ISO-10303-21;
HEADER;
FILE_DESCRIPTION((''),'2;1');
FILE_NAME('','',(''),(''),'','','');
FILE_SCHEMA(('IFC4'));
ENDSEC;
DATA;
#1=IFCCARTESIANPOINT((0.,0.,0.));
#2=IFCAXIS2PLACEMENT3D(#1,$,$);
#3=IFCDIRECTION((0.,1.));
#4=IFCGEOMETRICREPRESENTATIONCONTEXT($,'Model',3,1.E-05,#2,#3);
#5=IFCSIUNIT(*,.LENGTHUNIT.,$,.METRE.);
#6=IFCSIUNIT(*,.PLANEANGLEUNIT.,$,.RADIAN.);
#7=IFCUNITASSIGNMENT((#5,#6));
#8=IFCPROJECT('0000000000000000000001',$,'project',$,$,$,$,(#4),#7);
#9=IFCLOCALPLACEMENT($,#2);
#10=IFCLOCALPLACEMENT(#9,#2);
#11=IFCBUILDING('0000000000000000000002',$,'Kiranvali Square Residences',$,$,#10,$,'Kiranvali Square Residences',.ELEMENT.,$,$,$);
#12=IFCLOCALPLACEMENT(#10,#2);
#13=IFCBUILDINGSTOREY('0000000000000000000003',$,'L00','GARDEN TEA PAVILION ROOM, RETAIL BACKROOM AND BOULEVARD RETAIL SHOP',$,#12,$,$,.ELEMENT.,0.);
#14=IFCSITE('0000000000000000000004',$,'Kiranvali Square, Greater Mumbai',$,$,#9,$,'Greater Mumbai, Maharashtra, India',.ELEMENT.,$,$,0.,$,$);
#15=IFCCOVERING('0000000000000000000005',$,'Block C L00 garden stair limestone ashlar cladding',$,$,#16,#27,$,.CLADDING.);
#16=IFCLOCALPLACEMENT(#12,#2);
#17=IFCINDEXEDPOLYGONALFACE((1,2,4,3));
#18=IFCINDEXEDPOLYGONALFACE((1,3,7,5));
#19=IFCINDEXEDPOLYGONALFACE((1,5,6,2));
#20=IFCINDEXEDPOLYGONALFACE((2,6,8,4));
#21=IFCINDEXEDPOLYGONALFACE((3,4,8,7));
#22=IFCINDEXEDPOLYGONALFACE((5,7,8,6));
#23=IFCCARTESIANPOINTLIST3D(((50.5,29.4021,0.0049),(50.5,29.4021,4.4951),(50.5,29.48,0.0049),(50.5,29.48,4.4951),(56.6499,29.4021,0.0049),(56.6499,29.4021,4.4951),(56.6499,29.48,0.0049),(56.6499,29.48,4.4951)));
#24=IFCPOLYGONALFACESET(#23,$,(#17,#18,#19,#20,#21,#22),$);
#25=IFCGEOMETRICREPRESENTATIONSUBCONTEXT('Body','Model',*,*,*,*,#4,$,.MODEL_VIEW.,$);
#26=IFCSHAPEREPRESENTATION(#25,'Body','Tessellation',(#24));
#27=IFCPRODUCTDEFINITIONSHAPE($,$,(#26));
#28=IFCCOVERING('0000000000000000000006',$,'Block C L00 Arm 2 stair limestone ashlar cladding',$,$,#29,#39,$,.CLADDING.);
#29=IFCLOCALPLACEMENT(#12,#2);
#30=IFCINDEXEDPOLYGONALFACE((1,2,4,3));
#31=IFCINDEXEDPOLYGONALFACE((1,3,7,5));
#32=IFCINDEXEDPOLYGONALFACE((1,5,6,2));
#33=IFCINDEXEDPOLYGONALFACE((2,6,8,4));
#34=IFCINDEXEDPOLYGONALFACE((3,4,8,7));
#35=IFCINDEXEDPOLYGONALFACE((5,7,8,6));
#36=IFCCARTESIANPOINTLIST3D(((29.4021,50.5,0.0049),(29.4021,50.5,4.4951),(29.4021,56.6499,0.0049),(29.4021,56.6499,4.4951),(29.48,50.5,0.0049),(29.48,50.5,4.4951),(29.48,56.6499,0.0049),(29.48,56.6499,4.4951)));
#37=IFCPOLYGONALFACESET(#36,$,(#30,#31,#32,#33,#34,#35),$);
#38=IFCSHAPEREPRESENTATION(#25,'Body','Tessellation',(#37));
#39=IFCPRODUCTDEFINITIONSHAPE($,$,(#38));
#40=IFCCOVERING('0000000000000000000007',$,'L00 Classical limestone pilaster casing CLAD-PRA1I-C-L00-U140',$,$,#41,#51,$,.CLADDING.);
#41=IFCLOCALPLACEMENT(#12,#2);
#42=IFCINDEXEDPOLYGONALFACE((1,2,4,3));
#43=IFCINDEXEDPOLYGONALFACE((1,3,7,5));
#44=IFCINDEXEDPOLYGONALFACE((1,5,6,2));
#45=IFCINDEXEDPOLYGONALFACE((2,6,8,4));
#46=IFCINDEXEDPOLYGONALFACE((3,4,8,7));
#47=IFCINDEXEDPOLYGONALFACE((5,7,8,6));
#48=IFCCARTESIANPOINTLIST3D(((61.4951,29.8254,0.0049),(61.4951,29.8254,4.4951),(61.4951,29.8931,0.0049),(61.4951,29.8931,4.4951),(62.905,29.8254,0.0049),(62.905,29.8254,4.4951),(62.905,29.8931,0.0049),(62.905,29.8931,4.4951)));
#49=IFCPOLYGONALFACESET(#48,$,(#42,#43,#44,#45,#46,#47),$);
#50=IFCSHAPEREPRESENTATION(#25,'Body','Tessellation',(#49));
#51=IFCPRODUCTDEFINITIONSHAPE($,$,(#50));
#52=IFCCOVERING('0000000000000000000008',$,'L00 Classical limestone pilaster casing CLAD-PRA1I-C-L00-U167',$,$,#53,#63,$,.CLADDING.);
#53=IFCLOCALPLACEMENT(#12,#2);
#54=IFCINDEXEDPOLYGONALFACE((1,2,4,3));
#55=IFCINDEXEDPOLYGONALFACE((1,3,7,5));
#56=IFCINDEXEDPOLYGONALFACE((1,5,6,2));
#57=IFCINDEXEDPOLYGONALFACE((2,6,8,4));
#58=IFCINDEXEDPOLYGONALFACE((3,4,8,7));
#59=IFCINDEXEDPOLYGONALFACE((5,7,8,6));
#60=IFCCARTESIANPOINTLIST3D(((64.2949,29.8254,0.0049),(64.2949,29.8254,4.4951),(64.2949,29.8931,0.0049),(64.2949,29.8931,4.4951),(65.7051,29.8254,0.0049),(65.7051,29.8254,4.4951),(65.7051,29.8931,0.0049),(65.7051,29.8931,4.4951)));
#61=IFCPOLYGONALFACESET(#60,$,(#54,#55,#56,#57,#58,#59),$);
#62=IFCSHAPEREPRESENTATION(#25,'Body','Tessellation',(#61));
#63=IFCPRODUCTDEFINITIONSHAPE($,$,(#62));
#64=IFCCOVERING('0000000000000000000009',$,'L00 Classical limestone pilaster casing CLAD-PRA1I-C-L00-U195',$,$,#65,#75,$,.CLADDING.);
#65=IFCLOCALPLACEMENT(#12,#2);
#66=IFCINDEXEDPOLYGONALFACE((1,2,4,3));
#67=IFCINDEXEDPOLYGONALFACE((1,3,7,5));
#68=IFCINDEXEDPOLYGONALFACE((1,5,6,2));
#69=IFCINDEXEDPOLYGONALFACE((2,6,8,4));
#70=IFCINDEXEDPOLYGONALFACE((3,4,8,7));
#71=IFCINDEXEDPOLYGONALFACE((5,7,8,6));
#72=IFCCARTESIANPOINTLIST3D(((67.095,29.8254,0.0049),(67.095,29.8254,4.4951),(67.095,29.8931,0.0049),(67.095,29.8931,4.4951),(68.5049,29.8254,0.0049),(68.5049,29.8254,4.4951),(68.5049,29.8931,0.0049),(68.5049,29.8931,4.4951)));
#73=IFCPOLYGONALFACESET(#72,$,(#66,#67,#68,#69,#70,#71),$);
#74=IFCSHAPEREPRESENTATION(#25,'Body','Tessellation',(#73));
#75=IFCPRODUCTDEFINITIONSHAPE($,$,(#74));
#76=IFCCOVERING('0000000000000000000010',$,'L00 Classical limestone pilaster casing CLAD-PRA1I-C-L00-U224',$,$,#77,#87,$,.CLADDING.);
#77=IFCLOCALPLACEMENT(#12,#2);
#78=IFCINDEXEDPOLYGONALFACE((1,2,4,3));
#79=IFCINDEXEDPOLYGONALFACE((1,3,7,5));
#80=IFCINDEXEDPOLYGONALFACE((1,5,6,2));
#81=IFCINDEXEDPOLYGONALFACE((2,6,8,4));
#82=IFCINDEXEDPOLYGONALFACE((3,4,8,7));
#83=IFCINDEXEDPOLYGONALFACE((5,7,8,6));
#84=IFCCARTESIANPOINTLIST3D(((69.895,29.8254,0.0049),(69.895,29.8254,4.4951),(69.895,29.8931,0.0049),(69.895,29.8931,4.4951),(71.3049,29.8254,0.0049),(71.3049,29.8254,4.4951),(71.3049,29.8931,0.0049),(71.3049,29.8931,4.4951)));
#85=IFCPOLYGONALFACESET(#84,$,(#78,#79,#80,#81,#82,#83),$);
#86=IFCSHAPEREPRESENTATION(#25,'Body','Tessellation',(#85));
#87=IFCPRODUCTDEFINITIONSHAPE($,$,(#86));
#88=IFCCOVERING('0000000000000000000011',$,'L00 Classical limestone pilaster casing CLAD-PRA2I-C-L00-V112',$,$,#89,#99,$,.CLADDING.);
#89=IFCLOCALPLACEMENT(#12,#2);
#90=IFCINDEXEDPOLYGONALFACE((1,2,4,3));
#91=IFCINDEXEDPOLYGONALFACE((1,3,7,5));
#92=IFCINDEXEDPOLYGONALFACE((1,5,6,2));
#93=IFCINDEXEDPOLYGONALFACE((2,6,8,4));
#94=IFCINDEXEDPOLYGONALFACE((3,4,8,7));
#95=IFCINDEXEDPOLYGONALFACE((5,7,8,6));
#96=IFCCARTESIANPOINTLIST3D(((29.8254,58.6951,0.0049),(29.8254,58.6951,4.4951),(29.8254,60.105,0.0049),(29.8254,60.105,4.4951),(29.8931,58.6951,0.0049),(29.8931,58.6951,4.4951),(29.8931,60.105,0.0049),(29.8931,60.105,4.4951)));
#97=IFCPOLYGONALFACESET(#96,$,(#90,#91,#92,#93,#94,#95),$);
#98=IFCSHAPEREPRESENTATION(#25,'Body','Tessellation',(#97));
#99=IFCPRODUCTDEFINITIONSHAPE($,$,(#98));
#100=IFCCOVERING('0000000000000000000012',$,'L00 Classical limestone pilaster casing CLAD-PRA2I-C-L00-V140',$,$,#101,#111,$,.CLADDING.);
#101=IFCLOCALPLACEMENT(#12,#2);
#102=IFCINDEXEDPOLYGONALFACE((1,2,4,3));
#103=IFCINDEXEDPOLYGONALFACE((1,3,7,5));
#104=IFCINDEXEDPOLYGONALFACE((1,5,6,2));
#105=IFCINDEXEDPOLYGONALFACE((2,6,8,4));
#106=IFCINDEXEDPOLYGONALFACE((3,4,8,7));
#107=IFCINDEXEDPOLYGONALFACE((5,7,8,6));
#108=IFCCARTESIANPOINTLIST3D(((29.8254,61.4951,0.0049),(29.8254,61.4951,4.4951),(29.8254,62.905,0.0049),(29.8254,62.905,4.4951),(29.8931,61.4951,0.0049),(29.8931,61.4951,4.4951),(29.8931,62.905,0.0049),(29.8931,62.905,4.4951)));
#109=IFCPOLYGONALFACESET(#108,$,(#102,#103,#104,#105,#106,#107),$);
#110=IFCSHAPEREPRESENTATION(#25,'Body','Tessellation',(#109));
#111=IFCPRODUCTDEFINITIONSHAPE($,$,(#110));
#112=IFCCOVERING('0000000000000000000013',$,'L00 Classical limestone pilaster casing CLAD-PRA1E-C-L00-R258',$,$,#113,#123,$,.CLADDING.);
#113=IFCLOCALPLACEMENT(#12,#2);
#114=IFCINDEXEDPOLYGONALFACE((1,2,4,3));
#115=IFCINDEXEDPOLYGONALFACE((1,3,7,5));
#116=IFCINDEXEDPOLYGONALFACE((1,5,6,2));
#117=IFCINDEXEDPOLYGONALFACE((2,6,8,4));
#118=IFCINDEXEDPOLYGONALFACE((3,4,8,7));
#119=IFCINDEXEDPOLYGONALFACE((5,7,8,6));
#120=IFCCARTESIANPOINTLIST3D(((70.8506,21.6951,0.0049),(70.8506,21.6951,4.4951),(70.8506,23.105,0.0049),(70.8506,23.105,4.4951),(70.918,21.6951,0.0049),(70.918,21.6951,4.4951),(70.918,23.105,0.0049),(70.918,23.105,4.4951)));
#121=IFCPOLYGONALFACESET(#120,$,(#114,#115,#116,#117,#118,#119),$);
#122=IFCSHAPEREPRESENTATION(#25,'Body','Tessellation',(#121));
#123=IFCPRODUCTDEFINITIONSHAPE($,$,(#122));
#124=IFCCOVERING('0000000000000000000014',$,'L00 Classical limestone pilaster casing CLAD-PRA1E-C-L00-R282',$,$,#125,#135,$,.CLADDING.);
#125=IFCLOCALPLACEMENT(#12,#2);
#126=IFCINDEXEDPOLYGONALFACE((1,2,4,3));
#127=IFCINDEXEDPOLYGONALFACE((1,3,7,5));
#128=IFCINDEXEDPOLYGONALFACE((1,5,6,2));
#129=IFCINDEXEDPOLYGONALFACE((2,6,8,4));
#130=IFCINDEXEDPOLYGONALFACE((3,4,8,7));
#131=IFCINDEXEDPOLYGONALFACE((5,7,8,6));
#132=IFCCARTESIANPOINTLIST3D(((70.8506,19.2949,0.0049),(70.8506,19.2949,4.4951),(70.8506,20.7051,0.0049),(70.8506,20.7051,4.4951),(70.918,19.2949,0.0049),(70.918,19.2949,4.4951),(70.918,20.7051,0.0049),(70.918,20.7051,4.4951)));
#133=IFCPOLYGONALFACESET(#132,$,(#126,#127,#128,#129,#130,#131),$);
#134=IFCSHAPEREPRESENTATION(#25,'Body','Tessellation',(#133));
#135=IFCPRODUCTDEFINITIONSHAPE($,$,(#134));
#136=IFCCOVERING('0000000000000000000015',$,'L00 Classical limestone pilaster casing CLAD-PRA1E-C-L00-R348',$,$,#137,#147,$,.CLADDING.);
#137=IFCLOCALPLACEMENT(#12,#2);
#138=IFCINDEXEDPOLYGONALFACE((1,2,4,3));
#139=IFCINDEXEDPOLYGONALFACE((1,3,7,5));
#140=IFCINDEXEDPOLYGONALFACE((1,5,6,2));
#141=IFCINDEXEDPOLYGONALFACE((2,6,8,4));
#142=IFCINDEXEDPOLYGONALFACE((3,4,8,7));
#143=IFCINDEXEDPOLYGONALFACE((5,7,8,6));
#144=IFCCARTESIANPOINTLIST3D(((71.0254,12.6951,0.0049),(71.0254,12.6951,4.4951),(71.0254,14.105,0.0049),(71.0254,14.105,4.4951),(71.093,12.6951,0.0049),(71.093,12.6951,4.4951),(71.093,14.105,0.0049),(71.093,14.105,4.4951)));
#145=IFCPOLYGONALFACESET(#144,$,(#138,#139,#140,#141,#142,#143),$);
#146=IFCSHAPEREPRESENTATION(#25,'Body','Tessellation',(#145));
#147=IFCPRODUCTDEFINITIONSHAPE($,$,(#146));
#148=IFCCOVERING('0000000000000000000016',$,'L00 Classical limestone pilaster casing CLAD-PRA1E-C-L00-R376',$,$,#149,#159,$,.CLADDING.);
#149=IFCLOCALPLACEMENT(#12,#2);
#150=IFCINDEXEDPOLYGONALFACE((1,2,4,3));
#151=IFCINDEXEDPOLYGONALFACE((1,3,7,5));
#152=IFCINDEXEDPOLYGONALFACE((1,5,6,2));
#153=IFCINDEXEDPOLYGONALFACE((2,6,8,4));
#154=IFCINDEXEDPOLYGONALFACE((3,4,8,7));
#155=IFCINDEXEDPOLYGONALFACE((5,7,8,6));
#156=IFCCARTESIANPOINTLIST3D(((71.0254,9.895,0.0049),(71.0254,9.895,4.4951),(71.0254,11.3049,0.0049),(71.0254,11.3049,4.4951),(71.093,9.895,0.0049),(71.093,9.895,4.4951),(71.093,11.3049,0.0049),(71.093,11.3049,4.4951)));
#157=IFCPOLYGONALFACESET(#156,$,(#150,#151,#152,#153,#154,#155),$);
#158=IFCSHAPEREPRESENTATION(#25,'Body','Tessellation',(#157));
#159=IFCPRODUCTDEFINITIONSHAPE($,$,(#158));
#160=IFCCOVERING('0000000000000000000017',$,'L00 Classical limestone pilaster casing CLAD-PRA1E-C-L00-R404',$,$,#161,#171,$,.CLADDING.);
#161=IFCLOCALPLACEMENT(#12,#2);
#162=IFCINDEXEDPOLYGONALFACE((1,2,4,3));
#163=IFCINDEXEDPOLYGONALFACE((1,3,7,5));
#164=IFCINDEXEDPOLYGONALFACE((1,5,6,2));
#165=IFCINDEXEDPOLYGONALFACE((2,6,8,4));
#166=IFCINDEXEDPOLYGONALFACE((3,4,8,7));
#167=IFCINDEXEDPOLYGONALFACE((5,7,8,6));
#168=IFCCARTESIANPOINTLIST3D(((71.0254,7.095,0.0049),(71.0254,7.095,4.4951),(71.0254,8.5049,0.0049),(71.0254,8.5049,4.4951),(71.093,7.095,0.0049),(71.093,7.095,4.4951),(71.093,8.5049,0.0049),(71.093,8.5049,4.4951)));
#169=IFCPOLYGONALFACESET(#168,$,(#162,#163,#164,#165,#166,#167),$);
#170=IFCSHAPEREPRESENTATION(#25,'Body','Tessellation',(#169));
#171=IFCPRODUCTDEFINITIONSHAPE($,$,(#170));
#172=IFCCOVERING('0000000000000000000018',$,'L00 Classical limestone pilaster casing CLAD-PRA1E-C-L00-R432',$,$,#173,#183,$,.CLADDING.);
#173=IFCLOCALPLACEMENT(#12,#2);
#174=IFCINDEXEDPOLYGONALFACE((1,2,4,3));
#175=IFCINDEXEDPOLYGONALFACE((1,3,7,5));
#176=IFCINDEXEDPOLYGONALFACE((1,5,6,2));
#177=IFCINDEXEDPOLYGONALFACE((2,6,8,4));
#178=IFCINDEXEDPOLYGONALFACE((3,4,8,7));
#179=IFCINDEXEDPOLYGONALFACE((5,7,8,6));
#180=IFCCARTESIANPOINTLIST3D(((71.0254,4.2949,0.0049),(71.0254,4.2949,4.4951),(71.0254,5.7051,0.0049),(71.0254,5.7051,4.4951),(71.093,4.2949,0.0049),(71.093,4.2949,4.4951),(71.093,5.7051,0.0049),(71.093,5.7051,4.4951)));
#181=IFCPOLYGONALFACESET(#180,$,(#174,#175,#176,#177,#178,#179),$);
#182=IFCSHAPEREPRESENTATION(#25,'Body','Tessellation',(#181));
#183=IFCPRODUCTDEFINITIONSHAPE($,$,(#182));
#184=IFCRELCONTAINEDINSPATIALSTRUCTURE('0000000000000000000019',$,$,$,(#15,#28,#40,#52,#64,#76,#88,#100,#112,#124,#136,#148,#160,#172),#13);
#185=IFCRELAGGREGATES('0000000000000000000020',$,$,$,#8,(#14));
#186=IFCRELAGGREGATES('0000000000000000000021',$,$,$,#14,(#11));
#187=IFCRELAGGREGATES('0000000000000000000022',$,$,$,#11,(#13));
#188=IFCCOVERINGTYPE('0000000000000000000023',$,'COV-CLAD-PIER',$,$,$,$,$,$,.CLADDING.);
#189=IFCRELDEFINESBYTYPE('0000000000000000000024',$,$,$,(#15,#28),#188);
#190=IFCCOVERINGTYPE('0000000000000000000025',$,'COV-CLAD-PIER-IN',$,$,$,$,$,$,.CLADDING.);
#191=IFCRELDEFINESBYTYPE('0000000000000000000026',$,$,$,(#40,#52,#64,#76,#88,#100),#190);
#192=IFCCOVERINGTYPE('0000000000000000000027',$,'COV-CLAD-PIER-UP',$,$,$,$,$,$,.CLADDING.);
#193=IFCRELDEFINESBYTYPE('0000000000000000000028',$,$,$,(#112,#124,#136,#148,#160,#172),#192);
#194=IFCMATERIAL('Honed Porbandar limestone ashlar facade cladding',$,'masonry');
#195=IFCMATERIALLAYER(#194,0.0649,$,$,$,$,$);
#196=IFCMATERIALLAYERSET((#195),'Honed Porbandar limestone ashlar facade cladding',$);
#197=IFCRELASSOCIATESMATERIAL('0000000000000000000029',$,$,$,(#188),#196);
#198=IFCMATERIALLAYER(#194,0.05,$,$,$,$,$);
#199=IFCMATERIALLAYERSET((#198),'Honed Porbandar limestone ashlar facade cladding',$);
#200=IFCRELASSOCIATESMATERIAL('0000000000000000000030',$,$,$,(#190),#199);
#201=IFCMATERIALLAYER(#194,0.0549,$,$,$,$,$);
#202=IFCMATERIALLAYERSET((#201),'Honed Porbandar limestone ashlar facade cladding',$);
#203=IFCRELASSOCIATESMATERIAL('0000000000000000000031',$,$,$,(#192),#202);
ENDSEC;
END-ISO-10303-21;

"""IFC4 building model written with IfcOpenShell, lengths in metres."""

from ifc_helpers import new_model, si_unit, direction, frame, origin, place, context, subcontext, project, spatial, polyline, outline, extrude, material, layer, layer_set, type_object, element, save


model = new_model("IFC4")

# Units and contexts
model_context = context("Model", 3, precision=1e-05, world=origin(), true_north=direction((0.0, 1.0)))
body_context = subcontext(model_context, "Body", "Model", "MODEL_VIEW")
ifc_project = project(units=[si_unit("LENGTHUNIT", "METRE"), si_unit("PLANEANGLEUNIT", "RADIAN")], contexts=[model_context])

# Site, building, storey
site_placement = place(None, origin())
site = spatial("IfcSite", under=ifc_project, at=site_placement, Name="Kiranvali Square, Greater Mumbai", LongName="Greater Mumbai, Maharashtra, India", CompositionType="ELEMENT", RefElevation=0.0)
building_placement = place(site_placement, origin())
building = spatial("IfcBuilding", under=site, at=building_placement, Name="Kiranvali Square Residences", LongName="Kiranvali Square Residences", CompositionType="ELEMENT")
storey_placement = place(building_placement, origin())
storey = spatial("IfcBuildingStorey", under=building, at=storey_placement, Name="L00", Description="GARDEN TEA PAVILION ROOM, RETAIL BACKROOM AND BOULEVARD RETAIL SHOP", CompositionType="ELEMENT", Elevation=0.0)

# Coverings
ifc_material_1 = material(Name="Honed Porbandar limestone ashlar facade cladding", Category="masonry")
ifc_layer_1 = layer(ifc_material_1, 0.0649)
ifc_layer_set_1 = layer_set([ifc_layer_1], Name="Honed Porbandar limestone ashlar facade cladding")
covering_type_1 = type_object("IfcCoveringType", Name="COV-CLAD-PIER", PredefinedType="CLADDING", material=ifc_layer_set_1)
covering_1_placement = place(storey_placement, frame((0.0, 0.0, 0.0049)))
element("IfcCovering", 1, at=covering_1_placement, inside=storey, type_object=covering_type_1, Name="Block C L00 garden stair limestone ashlar cladding", PredefinedType="CLADDING", context=body_context, shape_type="SweptSolid", body=[
    extrude(outline(polyline([(50.5, 29.4021), (56.6499, 29.4021), (56.6499, 29.48), (50.5, 29.48), (50.5, 29.4021)])), origin(), (0.0, 0.0, 1.0), 4.4902),
])
covering_2_placement = place(storey_placement, frame((0.0, 0.0, 0.0049)))
element("IfcCovering", 2, at=covering_2_placement, inside=storey, type_object=covering_type_1, Name="Block C L00 Arm 2 stair limestone ashlar cladding", PredefinedType="CLADDING", context=body_context, shape_type="SweptSolid", body=[
    extrude(outline(polyline([(29.48, 50.5), (29.48, 56.6499), (29.4021, 56.6499), (29.4021, 50.5), (29.48, 50.5)])), origin(), (0.0, 0.0, 1.0), 4.4902),
])
ifc_layer_2 = layer(ifc_material_1, 0.05)
ifc_layer_set_2 = layer_set([ifc_layer_2], Name="Honed Porbandar limestone ashlar facade cladding")
covering_type_2 = type_object("IfcCoveringType", Name="COV-CLAD-PIER-IN", PredefinedType="CLADDING", material=ifc_layer_set_2)
covering_3_placement = place(storey_placement, frame((0.0, 0.0, 0.0049)))
element("IfcCovering", 3, at=covering_3_placement, inside=storey, type_object=covering_type_2, Name="L00 Classical limestone pilaster casing CLAD-PRA1I-C-L00-U140", PredefinedType="CLADDING", context=body_context, shape_type="SweptSolid", body=[
    extrude(outline(polyline([(61.4951, 29.8254), (62.905, 29.8254), (62.905, 29.8931), (61.4951, 29.8931), (61.4951, 29.8254)])), origin(), (0.0, 0.0, 1.0), 4.4902),
])
covering_4_placement = place(storey_placement, frame((0.0, 0.0, 0.0049)))
element("IfcCovering", 4, at=covering_4_placement, inside=storey, type_object=covering_type_2, Name="L00 Classical limestone pilaster casing CLAD-PRA1I-C-L00-U167", PredefinedType="CLADDING", context=body_context, shape_type="SweptSolid", body=[
    extrude(outline(polyline([(64.2949, 29.8254), (65.7051, 29.8254), (65.7051, 29.8931), (64.2949, 29.8931), (64.2949, 29.8254)])), origin(), (0.0, 0.0, 1.0), 4.4902),
])
covering_5_placement = place(storey_placement, frame((0.0, 0.0, 0.0049)))
element("IfcCovering", 5, at=covering_5_placement, inside=storey, type_object=covering_type_2, Name="L00 Classical limestone pilaster casing CLAD-PRA1I-C-L00-U195", PredefinedType="CLADDING", context=body_context, shape_type="SweptSolid", body=[
    extrude(outline(polyline([(67.095, 29.8254), (68.5049, 29.8254), (68.5049, 29.8931), (67.095, 29.8931), (67.095, 29.8254)])), origin(), (0.0, 0.0, 1.0), 4.4902),
])
covering_6_placement = place(storey_placement, frame((0.0, 0.0, 0.0049)))
element("IfcCovering", 6, at=covering_6_placement, inside=storey, type_object=covering_type_2, Name="L00 Classical limestone pilaster casing CLAD-PRA1I-C-L00-U224", PredefinedType="CLADDING", context=body_context, shape_type="SweptSolid", body=[
    extrude(outline(polyline([(69.895, 29.8254), (71.3049, 29.8254), (71.3049, 29.8931), (69.895, 29.8931), (69.895, 29.8254)])), origin(), (0.0, 0.0, 1.0), 4.4902),
])
covering_7_placement = place(storey_placement, frame((0.0, 0.0, 0.0049)))
element("IfcCovering", 7, at=covering_7_placement, inside=storey, type_object=covering_type_2, Name="L00 Classical limestone pilaster casing CLAD-PRA2I-C-L00-V112", PredefinedType="CLADDING", context=body_context, shape_type="SweptSolid", body=[
    extrude(outline(polyline([(29.8931, 58.6951), (29.8931, 60.105), (29.8254, 60.105), (29.8254, 58.6951), (29.8931, 58.6951)])), origin(), (0.0, 0.0, 1.0), 4.4902),
])
covering_8_placement = place(storey_placement, frame((0.0, 0.0, 0.0049)))
element("IfcCovering", 8, at=covering_8_placement, inside=storey, type_object=covering_type_2, Name="L00 Classical limestone pilaster casing CLAD-PRA2I-C-L00-V140", PredefinedType="CLADDING", context=body_context, shape_type="SweptSolid", body=[
    extrude(outline(polyline([(29.8931, 61.4951), (29.8931, 62.905), (29.8254, 62.905), (29.8254, 61.4951), (29.8931, 61.4951)])), origin(), (0.0, 0.0, 1.0), 4.4902),
])
ifc_layer_3 = layer(ifc_material_1, 0.0549)
ifc_layer_set_3 = layer_set([ifc_layer_3], Name="Honed Porbandar limestone ashlar facade cladding")
covering_type_3 = type_object("IfcCoveringType", Name="COV-CLAD-PIER-UP", PredefinedType="CLADDING", material=ifc_layer_set_3)
covering_9_placement = place(storey_placement, frame((0.0, 0.0, 0.0049)))
element("IfcCovering", 9, at=covering_9_placement, inside=storey, type_object=covering_type_3, Name="L00 Classical limestone pilaster casing CLAD-PRA1E-C-L00-R258", PredefinedType="CLADDING", context=body_context, shape_type="SweptSolid", body=[
    extrude(outline(polyline([(70.8506, 23.105), (70.8506, 21.6951), (70.918, 21.6951), (70.918, 23.105), (70.8506, 23.105)])), origin(), (0.0, 0.0, 1.0), 4.4902),
])
covering_10_placement = place(storey_placement, frame((0.0, 0.0, 0.0049)))
element("IfcCovering", 10, at=covering_10_placement, inside=storey, type_object=covering_type_3, Name="L00 Classical limestone pilaster casing CLAD-PRA1E-C-L00-R282", PredefinedType="CLADDING", context=body_context, shape_type="SweptSolid", body=[
    extrude(outline(polyline([(70.8506, 20.7051), (70.8506, 19.2949), (70.918, 19.2949), (70.918, 20.7051), (70.8506, 20.7051)])), origin(), (0.0, 0.0, 1.0), 4.4902),
])
covering_11_placement = place(storey_placement, frame((0.0, 0.0, 0.0049)))
element("IfcCovering", 11, at=covering_11_placement, inside=storey, type_object=covering_type_3, Name="L00 Classical limestone pilaster casing CLAD-PRA1E-C-L00-R348", PredefinedType="CLADDING", context=body_context, shape_type="SweptSolid", body=[
    extrude(outline(polyline([(71.0254, 14.105), (71.0254, 12.6951), (71.093, 12.6951), (71.093, 14.105), (71.0254, 14.105)])), origin(), (0.0, 0.0, 1.0), 4.4902),
])
covering_12_placement = place(storey_placement, frame((0.0, 0.0, 0.0049)))
element("IfcCovering", 12, at=covering_12_placement, inside=storey, type_object=covering_type_3, Name="L00 Classical limestone pilaster casing CLAD-PRA1E-C-L00-R376", PredefinedType="CLADDING", context=body_context, shape_type="SweptSolid", body=[
    extrude(outline(polyline([(71.0254, 11.3049), (71.0254, 9.895), (71.093, 9.895), (71.093, 11.3049), (71.0254, 11.3049)])), origin(), (0.0, 0.0, 1.0), 4.4902),
])
covering_13_placement = place(storey_placement, frame((0.0, 0.0, 0.0049)))
element("IfcCovering", 13, at=covering_13_placement, inside=storey, type_object=covering_type_3, Name="L00 Classical limestone pilaster casing CLAD-PRA1E-C-L00-R404", PredefinedType="CLADDING", context=body_context, shape_type="SweptSolid", body=[
    extrude(outline(polyline([(71.0254, 8.5049), (71.0254, 7.095), (71.093, 7.095), (71.093, 8.5049), (71.0254, 8.5049)])), origin(), (0.0, 0.0, 1.0), 4.4902),
])
covering_14_placement = place(storey_placement, frame((0.0, 0.0, 0.0049)))
element("IfcCovering", 14, at=covering_14_placement, inside=storey, type_object=covering_type_3, Name="L00 Classical limestone pilaster casing CLAD-PRA1E-C-L00-R432", PredefinedType="CLADDING", context=body_context, shape_type="SweptSolid", body=[
    extrude(outline(polyline([(71.0254, 5.7051), (71.0254, 4.2949), (71.093, 4.2949), (71.093, 5.7051), (71.0254, 5.7051)])), origin(), (0.0, 0.0, 1.0), 4.4902),
])

save(model, "model.ifc")
